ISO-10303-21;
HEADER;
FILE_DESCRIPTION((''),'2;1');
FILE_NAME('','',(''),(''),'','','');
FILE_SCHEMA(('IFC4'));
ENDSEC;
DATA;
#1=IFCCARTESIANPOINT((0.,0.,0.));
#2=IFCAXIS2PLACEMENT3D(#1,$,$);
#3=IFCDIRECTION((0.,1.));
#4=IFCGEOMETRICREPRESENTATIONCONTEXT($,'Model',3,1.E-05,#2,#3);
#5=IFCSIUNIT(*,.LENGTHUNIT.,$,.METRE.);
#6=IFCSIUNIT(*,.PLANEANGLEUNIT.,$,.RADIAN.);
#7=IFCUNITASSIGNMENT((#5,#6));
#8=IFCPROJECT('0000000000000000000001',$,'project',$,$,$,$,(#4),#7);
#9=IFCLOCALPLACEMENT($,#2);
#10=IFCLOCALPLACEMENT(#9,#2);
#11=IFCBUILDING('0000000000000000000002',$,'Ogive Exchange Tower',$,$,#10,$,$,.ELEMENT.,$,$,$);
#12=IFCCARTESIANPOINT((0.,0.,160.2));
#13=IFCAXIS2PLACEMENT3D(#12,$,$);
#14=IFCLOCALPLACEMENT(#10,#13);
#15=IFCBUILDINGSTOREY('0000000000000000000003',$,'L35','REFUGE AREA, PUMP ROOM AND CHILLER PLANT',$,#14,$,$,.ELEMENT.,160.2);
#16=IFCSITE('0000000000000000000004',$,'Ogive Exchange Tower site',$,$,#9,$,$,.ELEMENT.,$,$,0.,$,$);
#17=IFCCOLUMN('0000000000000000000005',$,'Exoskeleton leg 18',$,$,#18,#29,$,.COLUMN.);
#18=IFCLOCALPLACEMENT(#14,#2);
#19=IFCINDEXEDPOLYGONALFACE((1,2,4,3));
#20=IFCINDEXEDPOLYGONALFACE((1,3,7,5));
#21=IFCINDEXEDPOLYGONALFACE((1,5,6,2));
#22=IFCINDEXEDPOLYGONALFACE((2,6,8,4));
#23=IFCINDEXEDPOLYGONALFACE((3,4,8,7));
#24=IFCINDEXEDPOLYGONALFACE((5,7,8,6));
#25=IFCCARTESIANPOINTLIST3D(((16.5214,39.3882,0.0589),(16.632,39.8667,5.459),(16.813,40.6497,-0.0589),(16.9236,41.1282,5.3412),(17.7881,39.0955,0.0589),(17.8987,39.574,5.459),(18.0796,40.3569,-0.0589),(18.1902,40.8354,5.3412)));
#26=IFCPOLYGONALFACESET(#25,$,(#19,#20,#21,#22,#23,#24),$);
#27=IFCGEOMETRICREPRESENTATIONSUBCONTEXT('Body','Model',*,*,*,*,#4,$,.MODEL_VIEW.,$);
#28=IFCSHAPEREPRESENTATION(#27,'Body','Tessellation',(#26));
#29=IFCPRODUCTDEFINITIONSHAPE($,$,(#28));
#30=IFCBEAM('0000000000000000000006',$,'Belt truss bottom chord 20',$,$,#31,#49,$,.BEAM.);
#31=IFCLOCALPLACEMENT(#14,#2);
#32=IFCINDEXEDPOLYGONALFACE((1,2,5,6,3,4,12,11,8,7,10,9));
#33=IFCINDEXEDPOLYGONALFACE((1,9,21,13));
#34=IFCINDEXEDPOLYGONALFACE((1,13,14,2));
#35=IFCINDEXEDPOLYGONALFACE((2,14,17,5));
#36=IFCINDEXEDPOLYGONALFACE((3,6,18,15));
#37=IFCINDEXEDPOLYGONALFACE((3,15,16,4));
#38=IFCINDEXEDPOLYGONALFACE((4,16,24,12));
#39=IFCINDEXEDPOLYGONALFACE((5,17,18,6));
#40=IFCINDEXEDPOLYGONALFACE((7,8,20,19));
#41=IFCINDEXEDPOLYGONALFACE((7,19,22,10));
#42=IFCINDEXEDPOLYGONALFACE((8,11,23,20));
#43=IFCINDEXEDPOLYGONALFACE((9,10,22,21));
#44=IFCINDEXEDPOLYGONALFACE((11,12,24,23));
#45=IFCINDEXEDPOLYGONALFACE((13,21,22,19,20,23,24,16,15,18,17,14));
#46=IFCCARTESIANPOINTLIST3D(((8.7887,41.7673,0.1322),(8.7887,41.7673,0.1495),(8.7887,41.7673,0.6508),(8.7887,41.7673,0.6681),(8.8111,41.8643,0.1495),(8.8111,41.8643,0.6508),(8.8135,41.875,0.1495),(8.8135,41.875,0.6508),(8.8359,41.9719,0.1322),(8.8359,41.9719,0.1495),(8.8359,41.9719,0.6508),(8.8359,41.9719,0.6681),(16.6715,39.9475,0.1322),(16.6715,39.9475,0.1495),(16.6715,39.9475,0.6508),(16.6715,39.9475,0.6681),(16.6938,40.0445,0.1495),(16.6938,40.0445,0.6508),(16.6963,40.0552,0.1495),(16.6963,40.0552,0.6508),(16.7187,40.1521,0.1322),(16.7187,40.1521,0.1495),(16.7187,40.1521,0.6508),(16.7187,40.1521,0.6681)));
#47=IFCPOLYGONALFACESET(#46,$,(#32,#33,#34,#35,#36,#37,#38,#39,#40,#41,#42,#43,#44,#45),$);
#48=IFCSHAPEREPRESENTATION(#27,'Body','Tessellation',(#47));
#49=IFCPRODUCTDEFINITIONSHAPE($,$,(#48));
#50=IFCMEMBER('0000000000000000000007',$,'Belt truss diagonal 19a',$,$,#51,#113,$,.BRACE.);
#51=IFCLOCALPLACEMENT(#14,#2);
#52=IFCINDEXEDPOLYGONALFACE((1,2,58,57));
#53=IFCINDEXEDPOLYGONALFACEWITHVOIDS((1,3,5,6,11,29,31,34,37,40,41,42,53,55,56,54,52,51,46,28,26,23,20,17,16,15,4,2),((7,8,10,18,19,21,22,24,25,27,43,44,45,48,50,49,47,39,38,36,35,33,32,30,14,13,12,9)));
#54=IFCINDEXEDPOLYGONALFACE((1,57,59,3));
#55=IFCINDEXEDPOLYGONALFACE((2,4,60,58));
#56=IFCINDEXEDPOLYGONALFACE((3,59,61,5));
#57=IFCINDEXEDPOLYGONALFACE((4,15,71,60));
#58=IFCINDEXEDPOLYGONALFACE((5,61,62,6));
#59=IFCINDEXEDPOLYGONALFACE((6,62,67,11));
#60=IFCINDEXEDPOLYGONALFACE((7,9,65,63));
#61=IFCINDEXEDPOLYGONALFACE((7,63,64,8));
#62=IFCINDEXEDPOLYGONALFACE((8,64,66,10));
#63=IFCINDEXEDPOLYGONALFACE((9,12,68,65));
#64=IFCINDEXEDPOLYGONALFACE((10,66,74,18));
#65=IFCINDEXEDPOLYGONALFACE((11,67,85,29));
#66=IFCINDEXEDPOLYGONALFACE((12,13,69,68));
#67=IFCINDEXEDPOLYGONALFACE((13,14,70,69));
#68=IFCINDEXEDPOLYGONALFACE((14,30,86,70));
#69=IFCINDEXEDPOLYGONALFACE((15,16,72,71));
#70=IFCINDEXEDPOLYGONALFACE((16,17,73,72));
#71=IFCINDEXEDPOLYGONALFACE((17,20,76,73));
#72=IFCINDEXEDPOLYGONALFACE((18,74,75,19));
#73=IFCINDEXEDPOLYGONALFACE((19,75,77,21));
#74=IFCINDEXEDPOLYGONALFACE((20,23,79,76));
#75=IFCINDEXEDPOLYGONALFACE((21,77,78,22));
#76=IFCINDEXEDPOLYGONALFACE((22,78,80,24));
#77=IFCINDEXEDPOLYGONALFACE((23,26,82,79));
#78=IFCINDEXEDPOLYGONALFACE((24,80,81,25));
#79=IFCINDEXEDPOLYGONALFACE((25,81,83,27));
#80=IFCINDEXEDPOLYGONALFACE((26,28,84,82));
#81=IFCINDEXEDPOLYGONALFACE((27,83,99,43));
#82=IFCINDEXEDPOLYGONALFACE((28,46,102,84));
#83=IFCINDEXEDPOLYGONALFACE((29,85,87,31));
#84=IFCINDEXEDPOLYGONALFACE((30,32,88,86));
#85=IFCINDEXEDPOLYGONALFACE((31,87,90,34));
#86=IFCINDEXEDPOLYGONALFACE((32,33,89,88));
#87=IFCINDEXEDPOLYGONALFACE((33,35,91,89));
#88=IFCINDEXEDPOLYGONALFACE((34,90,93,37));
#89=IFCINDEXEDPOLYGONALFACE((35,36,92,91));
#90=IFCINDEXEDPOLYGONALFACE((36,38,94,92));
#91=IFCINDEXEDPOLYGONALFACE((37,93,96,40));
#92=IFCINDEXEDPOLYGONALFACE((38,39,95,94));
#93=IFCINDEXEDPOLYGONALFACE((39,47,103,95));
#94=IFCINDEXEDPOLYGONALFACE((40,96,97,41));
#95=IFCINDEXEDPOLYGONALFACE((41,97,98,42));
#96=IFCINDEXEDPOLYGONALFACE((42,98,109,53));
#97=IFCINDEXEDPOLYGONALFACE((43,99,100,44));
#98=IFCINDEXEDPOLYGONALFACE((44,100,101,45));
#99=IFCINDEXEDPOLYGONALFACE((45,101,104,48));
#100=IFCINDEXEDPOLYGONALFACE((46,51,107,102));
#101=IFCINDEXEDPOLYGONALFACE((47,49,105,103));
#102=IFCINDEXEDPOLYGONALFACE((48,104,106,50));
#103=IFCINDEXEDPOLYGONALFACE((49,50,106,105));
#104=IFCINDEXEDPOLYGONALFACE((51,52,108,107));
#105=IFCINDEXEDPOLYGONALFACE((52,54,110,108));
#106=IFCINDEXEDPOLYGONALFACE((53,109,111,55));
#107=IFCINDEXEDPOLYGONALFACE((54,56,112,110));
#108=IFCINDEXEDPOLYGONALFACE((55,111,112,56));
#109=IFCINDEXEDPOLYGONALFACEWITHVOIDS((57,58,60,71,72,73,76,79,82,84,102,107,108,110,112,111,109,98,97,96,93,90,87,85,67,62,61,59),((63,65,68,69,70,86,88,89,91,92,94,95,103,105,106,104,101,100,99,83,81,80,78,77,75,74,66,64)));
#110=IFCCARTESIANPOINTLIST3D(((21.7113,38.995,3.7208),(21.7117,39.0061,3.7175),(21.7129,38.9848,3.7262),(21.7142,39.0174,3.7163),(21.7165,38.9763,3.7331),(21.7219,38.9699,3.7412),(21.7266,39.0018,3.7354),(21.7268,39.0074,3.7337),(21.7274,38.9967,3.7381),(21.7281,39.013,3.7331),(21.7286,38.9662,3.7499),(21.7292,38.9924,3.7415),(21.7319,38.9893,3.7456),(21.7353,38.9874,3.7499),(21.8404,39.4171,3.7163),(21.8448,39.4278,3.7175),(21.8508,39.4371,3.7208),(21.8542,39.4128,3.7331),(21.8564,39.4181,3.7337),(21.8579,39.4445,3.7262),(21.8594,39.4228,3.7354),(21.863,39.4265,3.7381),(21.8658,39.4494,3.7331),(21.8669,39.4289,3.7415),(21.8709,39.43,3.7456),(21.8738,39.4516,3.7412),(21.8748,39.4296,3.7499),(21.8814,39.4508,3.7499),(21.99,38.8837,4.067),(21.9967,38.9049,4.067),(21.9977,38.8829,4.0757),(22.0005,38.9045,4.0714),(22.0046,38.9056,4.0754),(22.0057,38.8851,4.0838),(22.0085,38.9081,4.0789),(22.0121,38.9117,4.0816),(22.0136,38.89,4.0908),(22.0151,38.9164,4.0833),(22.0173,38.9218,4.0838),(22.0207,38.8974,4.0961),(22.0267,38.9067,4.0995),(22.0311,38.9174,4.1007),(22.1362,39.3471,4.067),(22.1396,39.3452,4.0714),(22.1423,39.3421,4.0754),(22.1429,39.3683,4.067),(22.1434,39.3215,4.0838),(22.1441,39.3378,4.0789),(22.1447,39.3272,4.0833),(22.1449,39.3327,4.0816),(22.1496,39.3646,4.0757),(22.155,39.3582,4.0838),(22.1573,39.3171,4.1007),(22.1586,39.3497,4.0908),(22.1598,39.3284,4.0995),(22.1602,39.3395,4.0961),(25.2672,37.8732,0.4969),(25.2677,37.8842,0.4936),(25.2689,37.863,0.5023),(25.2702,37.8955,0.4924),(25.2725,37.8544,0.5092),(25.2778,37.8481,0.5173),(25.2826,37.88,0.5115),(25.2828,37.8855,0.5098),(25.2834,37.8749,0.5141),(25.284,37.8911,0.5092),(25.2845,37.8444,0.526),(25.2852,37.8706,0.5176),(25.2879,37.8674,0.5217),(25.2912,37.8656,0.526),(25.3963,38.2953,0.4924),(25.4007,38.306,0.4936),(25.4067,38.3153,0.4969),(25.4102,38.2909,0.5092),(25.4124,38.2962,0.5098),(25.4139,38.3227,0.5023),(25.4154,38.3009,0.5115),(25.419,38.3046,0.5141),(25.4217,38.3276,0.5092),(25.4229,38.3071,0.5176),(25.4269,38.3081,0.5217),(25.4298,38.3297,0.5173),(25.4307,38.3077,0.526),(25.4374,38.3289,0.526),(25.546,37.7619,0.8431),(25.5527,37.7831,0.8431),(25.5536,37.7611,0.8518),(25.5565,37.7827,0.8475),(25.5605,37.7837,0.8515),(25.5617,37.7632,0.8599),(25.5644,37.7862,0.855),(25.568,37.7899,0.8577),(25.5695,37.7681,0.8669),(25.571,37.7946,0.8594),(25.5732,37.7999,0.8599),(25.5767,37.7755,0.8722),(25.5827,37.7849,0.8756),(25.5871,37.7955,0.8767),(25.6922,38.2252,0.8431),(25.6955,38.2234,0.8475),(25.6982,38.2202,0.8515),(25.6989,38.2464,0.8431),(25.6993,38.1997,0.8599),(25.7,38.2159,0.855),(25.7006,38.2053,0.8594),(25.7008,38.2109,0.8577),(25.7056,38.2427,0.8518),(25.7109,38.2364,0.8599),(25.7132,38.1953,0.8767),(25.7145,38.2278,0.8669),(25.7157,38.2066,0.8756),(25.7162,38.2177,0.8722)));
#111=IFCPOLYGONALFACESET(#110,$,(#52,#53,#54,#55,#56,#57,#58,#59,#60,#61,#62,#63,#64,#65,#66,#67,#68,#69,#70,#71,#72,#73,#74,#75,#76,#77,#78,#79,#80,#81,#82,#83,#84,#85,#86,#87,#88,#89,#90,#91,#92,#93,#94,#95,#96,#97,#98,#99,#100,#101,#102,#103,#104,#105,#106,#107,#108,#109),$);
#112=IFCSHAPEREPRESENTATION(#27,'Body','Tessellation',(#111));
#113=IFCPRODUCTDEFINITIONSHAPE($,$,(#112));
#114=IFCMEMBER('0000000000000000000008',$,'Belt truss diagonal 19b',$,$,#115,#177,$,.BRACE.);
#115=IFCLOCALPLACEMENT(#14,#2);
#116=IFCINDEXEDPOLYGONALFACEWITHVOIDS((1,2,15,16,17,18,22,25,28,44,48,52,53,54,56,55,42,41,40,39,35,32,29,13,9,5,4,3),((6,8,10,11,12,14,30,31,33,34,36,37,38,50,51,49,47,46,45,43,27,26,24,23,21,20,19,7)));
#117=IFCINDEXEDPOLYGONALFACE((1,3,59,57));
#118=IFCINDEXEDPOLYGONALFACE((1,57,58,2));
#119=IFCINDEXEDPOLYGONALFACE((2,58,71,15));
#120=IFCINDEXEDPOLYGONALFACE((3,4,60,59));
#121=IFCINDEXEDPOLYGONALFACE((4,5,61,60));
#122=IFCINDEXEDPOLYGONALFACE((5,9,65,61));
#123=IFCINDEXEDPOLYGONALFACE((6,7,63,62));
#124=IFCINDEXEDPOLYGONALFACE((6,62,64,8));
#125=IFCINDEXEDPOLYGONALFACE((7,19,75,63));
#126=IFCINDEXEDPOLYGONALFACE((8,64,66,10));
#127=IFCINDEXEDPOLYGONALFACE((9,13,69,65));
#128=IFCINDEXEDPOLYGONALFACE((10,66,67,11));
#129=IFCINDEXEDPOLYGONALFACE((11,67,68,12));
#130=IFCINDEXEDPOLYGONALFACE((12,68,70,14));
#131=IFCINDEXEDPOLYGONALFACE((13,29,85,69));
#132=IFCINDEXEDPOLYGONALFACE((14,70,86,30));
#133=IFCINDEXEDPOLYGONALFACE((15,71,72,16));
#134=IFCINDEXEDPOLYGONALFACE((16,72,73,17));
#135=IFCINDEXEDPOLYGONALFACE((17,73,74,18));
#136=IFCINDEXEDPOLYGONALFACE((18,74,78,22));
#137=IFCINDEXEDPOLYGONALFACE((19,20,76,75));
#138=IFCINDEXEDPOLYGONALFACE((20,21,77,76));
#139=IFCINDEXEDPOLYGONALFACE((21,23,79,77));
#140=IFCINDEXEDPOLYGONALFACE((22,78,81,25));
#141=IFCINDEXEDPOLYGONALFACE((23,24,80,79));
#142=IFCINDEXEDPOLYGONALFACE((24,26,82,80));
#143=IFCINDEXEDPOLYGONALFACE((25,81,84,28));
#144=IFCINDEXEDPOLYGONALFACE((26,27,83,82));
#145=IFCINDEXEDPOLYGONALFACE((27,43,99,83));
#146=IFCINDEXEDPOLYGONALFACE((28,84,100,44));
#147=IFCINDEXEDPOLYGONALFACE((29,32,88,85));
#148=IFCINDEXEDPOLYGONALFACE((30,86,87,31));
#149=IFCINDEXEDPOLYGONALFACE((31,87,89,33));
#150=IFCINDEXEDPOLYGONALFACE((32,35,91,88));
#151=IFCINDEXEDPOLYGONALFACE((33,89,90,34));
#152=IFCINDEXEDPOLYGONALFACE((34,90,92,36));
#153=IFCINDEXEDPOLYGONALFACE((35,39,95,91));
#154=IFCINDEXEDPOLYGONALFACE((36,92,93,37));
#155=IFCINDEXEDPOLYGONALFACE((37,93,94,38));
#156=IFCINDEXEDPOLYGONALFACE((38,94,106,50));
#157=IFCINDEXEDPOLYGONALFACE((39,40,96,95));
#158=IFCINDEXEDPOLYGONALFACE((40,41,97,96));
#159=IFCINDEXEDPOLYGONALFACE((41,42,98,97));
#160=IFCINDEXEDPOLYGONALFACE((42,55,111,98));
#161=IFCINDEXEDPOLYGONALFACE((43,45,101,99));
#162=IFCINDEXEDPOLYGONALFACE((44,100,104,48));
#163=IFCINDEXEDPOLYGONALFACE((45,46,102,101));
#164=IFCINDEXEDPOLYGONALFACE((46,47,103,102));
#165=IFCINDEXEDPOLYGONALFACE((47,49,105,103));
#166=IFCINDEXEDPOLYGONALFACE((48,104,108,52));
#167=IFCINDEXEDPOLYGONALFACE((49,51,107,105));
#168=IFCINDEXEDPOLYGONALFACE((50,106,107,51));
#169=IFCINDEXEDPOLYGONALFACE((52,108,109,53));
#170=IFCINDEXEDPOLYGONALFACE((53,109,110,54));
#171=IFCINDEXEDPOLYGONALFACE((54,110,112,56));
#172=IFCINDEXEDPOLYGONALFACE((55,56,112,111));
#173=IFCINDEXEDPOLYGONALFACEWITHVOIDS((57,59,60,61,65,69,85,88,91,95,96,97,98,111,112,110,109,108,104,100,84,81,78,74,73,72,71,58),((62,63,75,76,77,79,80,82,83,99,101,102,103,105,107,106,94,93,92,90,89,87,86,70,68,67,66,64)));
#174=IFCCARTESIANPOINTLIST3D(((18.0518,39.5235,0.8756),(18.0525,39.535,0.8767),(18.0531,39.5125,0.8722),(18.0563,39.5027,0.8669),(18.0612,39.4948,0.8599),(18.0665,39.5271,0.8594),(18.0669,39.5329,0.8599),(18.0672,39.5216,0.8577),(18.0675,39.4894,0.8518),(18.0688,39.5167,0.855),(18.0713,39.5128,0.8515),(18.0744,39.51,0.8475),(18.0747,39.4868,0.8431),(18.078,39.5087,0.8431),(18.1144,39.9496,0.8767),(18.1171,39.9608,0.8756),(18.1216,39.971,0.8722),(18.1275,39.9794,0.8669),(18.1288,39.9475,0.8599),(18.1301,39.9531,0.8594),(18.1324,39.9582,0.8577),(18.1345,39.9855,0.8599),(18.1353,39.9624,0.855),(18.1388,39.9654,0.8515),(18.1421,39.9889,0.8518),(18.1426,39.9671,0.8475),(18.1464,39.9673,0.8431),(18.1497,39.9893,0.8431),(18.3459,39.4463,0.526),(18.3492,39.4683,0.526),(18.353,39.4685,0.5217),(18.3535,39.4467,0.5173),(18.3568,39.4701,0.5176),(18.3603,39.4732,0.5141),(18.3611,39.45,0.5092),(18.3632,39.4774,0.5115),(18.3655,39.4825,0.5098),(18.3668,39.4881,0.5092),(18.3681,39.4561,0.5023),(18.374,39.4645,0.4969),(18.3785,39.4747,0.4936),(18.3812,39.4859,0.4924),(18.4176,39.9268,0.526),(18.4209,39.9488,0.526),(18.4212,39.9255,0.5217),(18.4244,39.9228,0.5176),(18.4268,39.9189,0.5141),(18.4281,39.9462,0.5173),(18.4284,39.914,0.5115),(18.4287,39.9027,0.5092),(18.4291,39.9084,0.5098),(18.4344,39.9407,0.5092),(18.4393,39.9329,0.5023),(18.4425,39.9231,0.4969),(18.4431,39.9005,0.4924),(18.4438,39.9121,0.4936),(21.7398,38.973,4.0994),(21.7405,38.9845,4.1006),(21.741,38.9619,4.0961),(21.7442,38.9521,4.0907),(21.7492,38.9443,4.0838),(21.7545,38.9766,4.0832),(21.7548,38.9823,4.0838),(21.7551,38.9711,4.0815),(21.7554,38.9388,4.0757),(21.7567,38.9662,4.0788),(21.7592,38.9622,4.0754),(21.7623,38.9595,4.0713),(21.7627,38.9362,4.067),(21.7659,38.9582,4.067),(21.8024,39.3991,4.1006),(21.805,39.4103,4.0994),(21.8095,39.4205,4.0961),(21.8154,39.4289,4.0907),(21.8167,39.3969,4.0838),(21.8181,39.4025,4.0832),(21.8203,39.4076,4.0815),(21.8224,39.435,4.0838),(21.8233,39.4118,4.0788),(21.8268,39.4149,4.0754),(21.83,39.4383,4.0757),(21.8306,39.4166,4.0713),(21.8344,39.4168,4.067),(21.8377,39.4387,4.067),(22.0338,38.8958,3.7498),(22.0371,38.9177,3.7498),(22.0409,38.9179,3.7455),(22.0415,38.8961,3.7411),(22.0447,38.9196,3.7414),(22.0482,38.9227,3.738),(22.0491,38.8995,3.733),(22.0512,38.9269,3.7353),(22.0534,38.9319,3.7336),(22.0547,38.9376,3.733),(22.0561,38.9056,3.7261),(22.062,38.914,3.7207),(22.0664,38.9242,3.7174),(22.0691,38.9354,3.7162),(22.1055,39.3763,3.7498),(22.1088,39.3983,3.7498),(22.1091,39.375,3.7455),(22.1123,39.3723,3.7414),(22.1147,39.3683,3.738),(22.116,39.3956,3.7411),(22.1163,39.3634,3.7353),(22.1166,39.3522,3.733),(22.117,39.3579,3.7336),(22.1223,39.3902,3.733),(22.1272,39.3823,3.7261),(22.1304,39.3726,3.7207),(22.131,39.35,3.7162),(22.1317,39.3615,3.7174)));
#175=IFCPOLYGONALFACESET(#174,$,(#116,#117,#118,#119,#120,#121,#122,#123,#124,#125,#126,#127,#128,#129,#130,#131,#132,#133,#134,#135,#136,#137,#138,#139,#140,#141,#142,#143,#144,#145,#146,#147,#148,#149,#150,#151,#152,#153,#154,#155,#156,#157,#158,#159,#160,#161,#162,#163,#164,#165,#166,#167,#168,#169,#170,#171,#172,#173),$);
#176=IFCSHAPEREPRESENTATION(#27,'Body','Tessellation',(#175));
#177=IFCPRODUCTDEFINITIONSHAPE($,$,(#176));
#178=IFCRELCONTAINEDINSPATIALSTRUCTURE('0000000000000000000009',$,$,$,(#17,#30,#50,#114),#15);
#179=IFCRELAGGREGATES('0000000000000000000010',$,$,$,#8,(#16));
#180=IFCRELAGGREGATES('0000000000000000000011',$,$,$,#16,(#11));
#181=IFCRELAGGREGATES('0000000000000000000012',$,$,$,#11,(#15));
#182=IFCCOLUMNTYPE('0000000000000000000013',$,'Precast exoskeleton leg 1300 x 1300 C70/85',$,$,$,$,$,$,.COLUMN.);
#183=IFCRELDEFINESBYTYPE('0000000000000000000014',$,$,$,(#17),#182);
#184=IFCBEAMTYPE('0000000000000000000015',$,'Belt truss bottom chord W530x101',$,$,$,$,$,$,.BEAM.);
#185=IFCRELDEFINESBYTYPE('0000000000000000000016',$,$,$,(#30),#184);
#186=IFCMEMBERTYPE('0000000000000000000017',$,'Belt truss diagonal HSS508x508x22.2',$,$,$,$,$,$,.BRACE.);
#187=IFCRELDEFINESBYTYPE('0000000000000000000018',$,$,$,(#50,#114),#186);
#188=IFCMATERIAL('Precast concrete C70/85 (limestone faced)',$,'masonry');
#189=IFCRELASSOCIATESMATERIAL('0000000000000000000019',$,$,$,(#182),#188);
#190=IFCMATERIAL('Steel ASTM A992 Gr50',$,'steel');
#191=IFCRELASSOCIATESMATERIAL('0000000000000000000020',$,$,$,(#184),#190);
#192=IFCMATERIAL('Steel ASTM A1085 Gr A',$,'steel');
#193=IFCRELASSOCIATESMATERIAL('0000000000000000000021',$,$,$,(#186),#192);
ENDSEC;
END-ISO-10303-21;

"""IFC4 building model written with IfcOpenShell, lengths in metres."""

from ifc_helpers import new_model, si_unit, direction, frame, origin, origin_2d, place, context, subcontext, project, spatial, rectangle, hollow_rectangle, i_section, extrude, material, material_profile, profile_set, type_object, element, save


model = new_model("IFC4")

# Units and contexts
model_context = context("Model", 3, precision=1e-05, world=origin(), true_north=direction((0.0, 1.0)))
body_context = subcontext(model_context, "Body", "Model", "MODEL_VIEW")
ifc_project = project(units=[si_unit("LENGTHUNIT", "METRE"), si_unit("PLANEANGLEUNIT", "RADIAN")], contexts=[model_context])

# Site, building, storey
site_placement = place(None, origin())
site = spatial("IfcSite", under=ifc_project, at=site_placement, Name="Ogive Exchange Tower site", CompositionType="ELEMENT", RefElevation=0.0)
building_placement = place(site_placement, origin())
building = spatial("IfcBuilding", under=site, at=building_placement, Name="Ogive Exchange Tower", CompositionType="ELEMENT")
storey_placement = place(building_placement, frame((0.0, 0.0, 160.2)))
storey = spatial("IfcBuildingStorey", under=building, at=storey_placement, Name="L35", Description="REFUGE AREA, PUMP ROOM AND CHILLER PLANT", CompositionType="ELEMENT", Elevation=160.2)

# Column
ifc_material_1 = material(Name="Precast concrete C70/85 (limestone faced)", Category="masonry")
ifc_material_profile_1 = material_profile(ifc_material_1, rectangle(XDim=1.3, YDim=1.3, at=origin_2d()), Name="1300 x 1300")
ifc_profile_set_1 = profile_set([ifc_material_profile_1], Name="Precast concrete C70/85 (limestone faced)")
column_type = type_object("IfcColumnType", Name="Precast exoskeleton leg 1300 x 1300 C70/85", PredefinedType="COLUMN", material=ifc_profile_set_1)
column_placement = place(storey_placement, frame((17.3005, 39.8726, 0.0), z_axis=(0.020396, 0.088247, 0.99589), x_axis=(-0.974316, 0.225186, 0.0)))
element("IfcColumn", 1, at=column_placement, inside=storey, type_object=column_type, Name="Exoskeleton leg 18", PredefinedType="COLUMN", context=body_context, shape_type="SweptSolid", body=[
    extrude(rectangle(XDim=1.3, YDim=1.3, at=origin_2d()), origin(), (0.0, 0.0, 1.0), 5.4224),
])

# Beam
ifc_material_2 = material(Name="Steel ASTM A992 Gr50", Category="steel")
ifc_material_profile_2 = material_profile(ifc_material_2, i_section(OverallWidth=0.21, OverallDepth=0.5359, WebThickness=0.011, FlangeThickness=0.0173, at=origin_2d()), Name="W530x101")
ifc_profile_set_2 = profile_set([ifc_material_profile_2], Name="Steel ASTM A992 Gr50")
beam_type_1 = type_object("IfcBeamType", Name="Belt truss bottom chord W530x101", PredefinedType="BEAM", material=ifc_profile_set_2)
beam_1_placement = place(storey_placement, frame((16.6951, 40.0498, 0.4001), z_axis=(-0.974372, 0.224943, 0.0), x_axis=(-0.224943, -0.974372, 0.0)))
element("IfcBeam", 2, at=beam_1_placement, inside=storey, type_object=beam_type_1, Name="Belt truss bottom chord 20", PredefinedType="BEAM", context=body_context, shape_type="SweptSolid", body=[
    extrude(i_section(OverallWidth=0.21, OverallDepth=0.5359, WebThickness=0.011, FlangeThickness=0.0173, at=origin_2d()), origin(), (0.0, 0.0, 1.0), 8.0901),
])

# Members
ifc_material_3 = material(Name="Steel ASTM A1085 Gr A", Category="steel")
ifc_material_profile_3 = material_profile(ifc_material_3, hollow_rectangle(XDim=0.5081, YDim=0.5081, WallThickness=0.0222, InnerFilletRadius=0.0222, OuterFilletRadius=0.0444, at=origin_2d()), Name="HSS508x508x22.2")
ifc_profile_set_3 = profile_set([ifc_material_profile_3], Name="Steel ASTM A1085 Gr A")
member_type_1 = type_object("IfcMemberType", Name="Belt truss diagonal HSS508x508x22.2", PredefinedType="BRACE", material=ifc_profile_set_3)
for number, where, z_axis, x_axis, name in (
    (3, (25.4917, 38.0454, 0.6846), (-0.721406, 0.227591, 0.654045), (-0.300865, -0.953667, 0.0), "Belt truss diagonal 19a"),
    (4, (18.2478, 39.7178, 0.6846), (0.748181, -0.111687, 0.654027), (0.147642, 0.989041, 0.0), "Belt truss diagonal 19b"),
):
    element("IfcMember", number, at=place(storey_placement, frame(where, z_axis=z_axis, x_axis=x_axis)), inside=storey, type_object=member_type_1, Name=name, PredefinedType="BRACE", context=body_context, shape_type="SweptSolid", body=[
        extrude(hollow_rectangle(XDim=0.5081, YDim=0.5081, WallThickness=0.0222, InnerFilletRadius=0.0222, OuterFilletRadius=0.0444, at=origin_2d()), origin(), (0.0, 0.0, 1.0), 4.9292),
    ])

save(model, "model.ifc")
